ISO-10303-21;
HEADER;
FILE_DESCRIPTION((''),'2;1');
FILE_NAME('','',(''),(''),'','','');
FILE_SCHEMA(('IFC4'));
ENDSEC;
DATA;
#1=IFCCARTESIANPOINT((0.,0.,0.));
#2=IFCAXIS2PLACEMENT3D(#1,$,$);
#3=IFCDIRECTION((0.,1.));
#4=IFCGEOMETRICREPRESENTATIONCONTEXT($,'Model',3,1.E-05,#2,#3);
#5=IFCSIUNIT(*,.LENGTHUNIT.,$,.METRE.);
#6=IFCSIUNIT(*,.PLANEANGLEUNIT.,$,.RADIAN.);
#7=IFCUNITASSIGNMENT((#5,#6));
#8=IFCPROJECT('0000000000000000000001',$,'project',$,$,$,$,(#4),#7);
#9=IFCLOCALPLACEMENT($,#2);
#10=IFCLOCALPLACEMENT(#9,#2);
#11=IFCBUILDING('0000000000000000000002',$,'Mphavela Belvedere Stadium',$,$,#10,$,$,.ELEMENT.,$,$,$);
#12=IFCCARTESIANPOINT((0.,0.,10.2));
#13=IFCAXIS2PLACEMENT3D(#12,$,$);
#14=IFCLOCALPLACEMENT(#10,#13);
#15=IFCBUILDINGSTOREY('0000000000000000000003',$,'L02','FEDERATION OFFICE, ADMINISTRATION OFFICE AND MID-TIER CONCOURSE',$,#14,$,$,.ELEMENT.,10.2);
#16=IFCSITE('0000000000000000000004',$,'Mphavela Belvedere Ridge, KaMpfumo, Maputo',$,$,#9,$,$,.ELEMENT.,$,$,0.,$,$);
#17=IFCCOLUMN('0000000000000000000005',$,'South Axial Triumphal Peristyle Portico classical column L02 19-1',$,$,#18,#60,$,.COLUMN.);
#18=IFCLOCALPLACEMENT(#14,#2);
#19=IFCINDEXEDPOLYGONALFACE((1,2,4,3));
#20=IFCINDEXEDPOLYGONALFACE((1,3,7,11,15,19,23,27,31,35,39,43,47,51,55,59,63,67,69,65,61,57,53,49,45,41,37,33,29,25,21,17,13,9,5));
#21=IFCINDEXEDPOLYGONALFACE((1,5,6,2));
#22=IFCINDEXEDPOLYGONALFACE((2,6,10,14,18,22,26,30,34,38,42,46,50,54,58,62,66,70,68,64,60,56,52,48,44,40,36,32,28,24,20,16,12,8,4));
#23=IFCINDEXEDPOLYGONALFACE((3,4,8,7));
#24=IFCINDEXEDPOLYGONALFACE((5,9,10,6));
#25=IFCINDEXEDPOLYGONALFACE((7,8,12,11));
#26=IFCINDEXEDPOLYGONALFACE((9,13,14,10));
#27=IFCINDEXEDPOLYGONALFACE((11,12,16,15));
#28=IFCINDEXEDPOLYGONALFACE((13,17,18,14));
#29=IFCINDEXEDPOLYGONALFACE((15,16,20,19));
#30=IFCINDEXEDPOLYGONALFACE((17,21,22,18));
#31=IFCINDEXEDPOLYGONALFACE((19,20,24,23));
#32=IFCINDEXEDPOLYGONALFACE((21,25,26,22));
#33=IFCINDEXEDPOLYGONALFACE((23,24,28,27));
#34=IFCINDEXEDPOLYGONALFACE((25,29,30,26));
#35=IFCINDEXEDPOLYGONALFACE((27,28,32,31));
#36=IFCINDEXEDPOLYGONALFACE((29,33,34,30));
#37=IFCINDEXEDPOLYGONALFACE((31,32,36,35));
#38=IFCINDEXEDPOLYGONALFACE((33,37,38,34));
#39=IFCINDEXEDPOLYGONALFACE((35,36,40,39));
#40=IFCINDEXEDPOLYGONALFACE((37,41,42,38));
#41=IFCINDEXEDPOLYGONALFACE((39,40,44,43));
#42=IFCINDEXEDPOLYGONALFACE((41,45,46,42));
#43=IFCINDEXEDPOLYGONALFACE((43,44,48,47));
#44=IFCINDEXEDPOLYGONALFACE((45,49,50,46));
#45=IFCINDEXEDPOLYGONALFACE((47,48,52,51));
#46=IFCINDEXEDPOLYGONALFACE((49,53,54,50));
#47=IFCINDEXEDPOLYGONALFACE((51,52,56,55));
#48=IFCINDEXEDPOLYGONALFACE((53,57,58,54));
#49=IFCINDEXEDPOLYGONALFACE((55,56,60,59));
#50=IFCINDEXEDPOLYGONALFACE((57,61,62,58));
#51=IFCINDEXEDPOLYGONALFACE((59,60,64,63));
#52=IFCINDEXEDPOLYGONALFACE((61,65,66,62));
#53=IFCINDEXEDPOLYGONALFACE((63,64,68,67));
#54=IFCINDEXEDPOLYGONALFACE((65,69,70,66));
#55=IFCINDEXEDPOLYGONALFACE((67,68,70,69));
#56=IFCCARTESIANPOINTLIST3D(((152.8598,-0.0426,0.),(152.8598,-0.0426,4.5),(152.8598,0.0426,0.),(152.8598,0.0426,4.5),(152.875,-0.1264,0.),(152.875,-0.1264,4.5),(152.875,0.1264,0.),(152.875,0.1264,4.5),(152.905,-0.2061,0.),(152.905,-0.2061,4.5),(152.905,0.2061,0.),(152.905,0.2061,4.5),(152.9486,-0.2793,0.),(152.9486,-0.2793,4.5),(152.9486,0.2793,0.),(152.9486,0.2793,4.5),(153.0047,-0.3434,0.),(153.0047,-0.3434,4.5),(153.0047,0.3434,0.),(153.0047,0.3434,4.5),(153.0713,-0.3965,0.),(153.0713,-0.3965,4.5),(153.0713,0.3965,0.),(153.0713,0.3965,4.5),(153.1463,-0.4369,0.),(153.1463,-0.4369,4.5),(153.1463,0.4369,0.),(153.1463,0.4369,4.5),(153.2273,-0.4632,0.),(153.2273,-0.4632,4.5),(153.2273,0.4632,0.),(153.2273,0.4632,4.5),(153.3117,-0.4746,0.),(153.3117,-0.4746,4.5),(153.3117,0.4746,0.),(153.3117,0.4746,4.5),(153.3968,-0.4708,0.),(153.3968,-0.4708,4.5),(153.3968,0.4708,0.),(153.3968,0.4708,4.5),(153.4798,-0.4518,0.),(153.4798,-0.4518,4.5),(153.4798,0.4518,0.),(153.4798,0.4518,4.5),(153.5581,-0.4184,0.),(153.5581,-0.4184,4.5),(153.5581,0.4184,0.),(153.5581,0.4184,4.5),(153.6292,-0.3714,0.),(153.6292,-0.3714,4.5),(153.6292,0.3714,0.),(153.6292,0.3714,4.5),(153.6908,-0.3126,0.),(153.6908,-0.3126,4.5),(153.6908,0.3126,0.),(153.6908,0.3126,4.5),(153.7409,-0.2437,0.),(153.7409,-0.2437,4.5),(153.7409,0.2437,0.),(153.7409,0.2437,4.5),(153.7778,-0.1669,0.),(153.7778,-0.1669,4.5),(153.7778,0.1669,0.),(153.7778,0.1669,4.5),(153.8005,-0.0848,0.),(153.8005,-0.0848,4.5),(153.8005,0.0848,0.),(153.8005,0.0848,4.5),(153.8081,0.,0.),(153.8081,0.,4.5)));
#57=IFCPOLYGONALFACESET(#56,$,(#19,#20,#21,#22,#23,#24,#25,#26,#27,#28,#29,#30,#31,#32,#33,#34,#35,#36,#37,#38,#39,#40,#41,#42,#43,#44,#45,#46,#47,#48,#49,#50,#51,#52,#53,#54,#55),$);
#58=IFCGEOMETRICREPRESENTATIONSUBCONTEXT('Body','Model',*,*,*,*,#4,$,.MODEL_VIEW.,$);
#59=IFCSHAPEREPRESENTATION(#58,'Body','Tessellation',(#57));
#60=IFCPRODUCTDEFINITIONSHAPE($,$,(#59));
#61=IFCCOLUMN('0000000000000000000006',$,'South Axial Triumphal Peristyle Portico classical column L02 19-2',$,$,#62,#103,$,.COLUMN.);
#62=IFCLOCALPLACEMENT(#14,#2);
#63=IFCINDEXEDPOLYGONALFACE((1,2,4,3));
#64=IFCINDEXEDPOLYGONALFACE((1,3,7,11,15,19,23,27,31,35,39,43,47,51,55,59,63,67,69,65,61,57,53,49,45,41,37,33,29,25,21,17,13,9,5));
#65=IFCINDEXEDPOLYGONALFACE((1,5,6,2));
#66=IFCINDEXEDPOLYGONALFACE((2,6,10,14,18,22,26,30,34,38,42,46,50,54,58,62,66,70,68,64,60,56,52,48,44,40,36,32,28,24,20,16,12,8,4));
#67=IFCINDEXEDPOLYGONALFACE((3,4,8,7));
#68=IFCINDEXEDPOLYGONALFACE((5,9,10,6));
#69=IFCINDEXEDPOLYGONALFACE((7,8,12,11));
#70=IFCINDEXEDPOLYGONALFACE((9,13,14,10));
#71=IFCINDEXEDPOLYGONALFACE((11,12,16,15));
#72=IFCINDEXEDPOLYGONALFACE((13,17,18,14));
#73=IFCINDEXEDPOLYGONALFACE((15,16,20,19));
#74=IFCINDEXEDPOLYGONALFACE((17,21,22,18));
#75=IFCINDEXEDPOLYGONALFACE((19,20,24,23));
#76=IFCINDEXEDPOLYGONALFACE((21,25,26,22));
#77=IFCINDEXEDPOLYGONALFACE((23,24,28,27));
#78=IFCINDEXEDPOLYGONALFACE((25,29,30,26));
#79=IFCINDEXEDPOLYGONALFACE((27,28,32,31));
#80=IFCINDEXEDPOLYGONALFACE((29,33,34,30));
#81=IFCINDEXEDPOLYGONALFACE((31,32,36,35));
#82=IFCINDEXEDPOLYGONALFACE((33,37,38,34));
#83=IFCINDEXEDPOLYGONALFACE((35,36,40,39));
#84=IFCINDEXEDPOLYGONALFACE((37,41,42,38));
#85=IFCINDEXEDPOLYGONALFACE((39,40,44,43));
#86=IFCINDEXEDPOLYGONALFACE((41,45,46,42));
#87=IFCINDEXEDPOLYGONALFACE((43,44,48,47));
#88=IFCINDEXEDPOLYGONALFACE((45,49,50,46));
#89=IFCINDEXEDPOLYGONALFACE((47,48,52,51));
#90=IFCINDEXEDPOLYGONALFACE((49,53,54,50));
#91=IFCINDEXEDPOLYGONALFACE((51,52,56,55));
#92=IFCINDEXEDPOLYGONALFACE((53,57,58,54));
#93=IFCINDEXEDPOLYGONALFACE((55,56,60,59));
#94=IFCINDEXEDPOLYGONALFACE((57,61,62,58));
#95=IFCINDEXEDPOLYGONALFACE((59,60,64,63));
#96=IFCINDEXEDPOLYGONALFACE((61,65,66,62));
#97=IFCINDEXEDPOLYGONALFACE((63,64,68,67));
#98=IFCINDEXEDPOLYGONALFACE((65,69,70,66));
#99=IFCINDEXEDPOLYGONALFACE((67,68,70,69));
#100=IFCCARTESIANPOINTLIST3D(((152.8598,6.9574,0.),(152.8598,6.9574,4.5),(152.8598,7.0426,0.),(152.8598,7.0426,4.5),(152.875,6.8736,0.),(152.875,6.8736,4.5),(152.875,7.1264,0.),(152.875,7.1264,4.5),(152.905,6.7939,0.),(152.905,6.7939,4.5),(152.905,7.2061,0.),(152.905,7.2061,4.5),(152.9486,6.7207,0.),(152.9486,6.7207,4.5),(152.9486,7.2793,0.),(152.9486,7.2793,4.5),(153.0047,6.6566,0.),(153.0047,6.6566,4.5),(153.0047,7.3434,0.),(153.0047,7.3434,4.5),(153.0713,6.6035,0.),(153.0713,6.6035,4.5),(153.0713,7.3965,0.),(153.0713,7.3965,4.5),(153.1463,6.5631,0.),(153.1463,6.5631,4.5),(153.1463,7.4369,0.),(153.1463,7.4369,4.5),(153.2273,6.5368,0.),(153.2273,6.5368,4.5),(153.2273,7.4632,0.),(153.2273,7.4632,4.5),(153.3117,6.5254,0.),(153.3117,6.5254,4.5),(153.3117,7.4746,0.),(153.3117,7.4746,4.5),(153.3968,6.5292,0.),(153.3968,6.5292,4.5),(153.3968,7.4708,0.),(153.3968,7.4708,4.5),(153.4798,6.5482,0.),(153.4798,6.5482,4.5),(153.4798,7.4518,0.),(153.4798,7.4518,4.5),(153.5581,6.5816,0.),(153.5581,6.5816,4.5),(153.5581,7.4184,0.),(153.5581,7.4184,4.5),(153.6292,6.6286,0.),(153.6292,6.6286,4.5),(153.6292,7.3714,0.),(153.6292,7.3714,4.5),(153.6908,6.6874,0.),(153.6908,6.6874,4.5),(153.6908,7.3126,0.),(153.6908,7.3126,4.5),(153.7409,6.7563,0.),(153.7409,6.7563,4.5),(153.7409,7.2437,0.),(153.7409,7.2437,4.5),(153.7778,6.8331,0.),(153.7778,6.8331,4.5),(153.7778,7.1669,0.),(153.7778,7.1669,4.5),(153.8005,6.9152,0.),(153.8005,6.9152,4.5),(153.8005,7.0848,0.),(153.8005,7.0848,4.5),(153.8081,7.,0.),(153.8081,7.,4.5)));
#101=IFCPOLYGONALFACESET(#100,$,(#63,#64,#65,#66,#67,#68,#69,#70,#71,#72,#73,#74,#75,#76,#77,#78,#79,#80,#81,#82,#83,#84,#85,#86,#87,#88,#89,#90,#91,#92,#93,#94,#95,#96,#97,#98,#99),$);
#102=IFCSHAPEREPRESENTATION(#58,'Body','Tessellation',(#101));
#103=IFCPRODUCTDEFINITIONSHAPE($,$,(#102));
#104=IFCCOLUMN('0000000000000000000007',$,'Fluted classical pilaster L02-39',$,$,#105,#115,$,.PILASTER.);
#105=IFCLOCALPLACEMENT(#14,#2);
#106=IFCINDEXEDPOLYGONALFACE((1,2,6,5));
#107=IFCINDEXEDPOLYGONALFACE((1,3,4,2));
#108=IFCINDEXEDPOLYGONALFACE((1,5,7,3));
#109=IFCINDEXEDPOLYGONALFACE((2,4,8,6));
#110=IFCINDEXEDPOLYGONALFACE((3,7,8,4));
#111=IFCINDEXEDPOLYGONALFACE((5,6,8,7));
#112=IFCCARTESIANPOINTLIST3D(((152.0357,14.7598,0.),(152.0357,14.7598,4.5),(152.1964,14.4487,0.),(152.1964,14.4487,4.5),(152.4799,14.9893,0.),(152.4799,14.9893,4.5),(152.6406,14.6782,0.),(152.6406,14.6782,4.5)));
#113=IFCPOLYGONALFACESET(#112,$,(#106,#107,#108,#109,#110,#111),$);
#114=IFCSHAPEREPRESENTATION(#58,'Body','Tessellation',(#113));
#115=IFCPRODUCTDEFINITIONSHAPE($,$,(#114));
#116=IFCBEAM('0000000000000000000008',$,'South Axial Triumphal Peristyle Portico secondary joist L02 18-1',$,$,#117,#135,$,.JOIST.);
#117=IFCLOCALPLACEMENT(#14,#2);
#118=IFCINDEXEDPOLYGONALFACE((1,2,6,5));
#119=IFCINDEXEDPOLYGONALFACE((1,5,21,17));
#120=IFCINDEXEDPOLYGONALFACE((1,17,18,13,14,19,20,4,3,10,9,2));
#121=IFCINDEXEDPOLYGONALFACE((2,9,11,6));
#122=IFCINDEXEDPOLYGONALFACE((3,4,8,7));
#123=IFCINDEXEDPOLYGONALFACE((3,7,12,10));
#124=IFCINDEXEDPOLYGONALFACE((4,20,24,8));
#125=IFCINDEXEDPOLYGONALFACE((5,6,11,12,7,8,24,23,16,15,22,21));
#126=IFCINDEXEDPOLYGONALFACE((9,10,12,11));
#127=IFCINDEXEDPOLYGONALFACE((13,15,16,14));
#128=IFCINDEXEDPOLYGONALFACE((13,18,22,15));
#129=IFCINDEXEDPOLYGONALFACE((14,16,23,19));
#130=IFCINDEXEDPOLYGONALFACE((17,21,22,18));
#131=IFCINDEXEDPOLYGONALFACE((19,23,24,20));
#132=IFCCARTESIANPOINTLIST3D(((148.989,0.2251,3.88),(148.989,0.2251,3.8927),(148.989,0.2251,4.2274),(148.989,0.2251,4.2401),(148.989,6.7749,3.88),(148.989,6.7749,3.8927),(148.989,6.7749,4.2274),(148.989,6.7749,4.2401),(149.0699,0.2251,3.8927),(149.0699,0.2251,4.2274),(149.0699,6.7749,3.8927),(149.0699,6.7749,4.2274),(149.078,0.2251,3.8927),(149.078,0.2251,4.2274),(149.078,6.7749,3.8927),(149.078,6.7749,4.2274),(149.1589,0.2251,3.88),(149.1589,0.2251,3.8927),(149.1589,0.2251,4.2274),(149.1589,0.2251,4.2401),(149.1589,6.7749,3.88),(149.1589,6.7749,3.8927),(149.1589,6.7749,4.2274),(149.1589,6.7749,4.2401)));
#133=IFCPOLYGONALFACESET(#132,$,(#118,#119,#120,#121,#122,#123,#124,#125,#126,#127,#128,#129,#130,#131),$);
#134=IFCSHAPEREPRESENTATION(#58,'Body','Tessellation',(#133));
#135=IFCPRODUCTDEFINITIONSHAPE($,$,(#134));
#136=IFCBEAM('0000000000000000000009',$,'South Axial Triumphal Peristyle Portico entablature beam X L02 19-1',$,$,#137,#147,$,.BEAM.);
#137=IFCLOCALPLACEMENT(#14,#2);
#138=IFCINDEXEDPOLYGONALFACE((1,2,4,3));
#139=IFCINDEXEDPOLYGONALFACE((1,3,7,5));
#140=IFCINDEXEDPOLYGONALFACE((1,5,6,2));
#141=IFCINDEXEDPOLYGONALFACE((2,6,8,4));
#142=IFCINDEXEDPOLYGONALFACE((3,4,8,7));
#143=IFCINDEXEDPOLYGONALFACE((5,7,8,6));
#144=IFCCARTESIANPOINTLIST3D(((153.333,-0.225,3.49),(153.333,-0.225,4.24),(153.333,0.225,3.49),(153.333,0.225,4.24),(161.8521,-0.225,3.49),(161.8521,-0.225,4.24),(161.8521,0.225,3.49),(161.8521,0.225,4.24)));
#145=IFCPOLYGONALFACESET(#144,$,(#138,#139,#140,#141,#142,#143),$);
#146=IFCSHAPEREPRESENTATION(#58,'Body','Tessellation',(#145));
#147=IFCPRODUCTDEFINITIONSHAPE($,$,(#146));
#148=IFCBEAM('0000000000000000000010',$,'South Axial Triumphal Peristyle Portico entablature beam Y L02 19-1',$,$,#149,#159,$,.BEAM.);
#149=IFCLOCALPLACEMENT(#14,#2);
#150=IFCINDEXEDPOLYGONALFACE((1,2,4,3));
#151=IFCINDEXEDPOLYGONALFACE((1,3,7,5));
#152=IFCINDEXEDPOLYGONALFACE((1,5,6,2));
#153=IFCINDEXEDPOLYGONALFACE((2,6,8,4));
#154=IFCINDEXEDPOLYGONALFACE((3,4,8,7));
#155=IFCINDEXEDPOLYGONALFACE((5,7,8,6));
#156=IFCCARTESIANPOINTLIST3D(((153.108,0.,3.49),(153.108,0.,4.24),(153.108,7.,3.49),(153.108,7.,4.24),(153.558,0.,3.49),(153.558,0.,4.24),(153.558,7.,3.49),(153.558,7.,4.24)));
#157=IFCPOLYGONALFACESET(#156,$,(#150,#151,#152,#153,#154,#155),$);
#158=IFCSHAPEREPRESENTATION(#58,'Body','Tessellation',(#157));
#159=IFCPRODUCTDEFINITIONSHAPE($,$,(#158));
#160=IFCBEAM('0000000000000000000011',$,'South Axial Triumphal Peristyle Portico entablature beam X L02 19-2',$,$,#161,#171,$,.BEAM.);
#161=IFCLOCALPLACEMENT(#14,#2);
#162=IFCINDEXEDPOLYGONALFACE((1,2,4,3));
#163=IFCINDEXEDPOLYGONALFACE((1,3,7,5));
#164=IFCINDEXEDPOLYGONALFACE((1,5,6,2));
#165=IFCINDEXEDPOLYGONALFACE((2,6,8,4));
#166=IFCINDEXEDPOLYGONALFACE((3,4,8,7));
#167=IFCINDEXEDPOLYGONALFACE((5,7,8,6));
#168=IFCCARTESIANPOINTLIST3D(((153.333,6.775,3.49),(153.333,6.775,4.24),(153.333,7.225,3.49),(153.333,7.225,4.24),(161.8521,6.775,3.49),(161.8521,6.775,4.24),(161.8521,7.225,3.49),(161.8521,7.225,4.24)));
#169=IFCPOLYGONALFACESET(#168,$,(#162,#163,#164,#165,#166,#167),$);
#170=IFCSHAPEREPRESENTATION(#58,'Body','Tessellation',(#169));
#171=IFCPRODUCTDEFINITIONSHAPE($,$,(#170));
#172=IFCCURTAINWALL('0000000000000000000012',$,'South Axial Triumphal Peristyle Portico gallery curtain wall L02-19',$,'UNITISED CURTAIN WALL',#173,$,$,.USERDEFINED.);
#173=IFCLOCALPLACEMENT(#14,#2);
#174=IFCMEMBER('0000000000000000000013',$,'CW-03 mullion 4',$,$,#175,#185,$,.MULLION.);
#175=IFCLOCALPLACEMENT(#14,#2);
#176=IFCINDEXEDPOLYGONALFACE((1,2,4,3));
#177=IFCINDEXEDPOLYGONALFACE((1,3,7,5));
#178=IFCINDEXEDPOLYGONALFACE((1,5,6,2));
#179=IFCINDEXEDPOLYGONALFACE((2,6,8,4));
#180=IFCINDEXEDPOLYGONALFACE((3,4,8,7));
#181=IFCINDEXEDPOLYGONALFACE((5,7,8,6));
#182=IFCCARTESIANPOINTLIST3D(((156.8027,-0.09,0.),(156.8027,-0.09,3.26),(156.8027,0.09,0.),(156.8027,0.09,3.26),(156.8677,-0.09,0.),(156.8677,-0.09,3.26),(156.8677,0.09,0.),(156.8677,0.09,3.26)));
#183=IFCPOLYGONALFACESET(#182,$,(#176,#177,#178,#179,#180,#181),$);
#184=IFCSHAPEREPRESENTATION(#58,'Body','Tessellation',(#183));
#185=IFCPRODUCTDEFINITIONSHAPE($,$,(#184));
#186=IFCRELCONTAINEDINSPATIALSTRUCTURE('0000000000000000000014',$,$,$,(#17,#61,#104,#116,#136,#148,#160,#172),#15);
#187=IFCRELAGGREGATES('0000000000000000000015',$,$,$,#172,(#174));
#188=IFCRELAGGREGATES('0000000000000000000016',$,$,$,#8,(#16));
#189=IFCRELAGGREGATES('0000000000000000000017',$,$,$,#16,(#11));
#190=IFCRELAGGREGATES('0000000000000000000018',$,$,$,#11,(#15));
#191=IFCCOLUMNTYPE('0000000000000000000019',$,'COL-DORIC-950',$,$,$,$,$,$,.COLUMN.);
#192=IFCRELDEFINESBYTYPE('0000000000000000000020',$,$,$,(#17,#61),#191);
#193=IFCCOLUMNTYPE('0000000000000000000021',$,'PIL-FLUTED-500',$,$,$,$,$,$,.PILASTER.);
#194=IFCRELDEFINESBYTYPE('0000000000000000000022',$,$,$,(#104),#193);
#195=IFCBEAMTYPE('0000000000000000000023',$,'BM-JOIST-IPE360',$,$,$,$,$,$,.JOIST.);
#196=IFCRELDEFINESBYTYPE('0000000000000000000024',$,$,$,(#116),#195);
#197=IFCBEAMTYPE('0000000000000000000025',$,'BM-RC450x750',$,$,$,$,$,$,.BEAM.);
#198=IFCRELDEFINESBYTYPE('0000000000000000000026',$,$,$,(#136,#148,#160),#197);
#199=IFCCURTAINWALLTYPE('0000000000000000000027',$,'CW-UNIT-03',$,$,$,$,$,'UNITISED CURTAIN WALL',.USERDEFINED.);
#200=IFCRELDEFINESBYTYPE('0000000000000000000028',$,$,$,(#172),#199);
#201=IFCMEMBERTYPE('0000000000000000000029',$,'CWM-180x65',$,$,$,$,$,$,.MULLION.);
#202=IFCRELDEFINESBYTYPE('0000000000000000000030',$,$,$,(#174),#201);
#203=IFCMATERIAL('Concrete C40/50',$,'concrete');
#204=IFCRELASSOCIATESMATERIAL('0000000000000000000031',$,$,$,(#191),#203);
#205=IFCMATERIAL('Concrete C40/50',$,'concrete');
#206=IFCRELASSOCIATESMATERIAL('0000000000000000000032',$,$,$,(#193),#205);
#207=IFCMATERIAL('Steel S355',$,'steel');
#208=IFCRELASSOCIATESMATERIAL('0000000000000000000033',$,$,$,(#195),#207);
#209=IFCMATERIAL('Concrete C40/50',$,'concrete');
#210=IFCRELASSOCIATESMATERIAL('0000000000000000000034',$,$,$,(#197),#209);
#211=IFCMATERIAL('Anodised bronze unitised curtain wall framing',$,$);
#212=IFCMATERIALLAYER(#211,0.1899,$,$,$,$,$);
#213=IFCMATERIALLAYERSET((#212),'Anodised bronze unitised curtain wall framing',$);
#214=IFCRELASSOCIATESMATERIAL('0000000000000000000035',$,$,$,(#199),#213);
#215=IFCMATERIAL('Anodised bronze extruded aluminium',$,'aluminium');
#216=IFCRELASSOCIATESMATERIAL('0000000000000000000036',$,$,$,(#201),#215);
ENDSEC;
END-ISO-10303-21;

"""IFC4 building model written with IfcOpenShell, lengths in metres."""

from ifc_helpers import new_model, si_unit, direction, frame, origin, origin_2d, place, context, subcontext, project, spatial, rectangle, circle, i_section, extrude, material, layer, layer_set, material_profile, profile_set, type_object, element, aggregate, save


model = new_model("IFC4")

# Units and contexts
model_context = context("Model", 3, precision=1e-05, world=origin(), true_north=direction((0.0, 1.0)))
body_context = subcontext(model_context, "Body", "Model", "MODEL_VIEW")
ifc_project = project(units=[si_unit("LENGTHUNIT", "METRE"), si_unit("PLANEANGLEUNIT", "RADIAN")], contexts=[model_context])

# Site, building, storey
site_placement = place(None, origin())
site = spatial("IfcSite", under=ifc_project, at=site_placement, Name="Mphavela Belvedere Ridge, KaMpfumo, Maputo", CompositionType="ELEMENT", RefElevation=0.0)
building_placement = place(site_placement, origin())
building = spatial("IfcBuilding", under=site, at=building_placement, Name="Mphavela Belvedere Stadium", CompositionType="ELEMENT")
storey_placement = place(building_placement, frame((0.0, 0.0, 10.2)))
storey = spatial("IfcBuildingStorey", under=building, at=storey_placement, Name="L02", Description="FEDERATION OFFICE, ADMINISTRATION OFFICE AND MID-TIER CONCOURSE", CompositionType="ELEMENT", Elevation=10.2)

# Columns
ifc_material_1 = material(Name="Concrete C40/50", Category="concrete")
ifc_material_profile_1 = material_profile(ifc_material_1, circle(Radius=0.4751, at=origin_2d()), Name="COL D950")
ifc_profile_set_1 = profile_set([ifc_material_profile_1], Name="Concrete C40/50")
column_type_1 = type_object("IfcColumnType", Name="COL-DORIC-950", PredefinedType="COLUMN", material=ifc_profile_set_1)
for number, where, z_axis, x_axis, name in (
    (1, (153.333, 0.0, 0.0), (0.0, 0.0, 1.0), (1.0, 0.0, 0.0), "South Axial Triumphal Peristyle Portico classical column L02 19-1"),
    (2, (153.333, 7.0, 0.0), (0.0, 0.0, 1.0), (1.0, 0.0, 0.0), "South Axial Triumphal Peristyle Portico classical column L02 19-2"),
):
    element("IfcColumn", number, at=place(storey_placement, frame(where, z_axis=z_axis, x_axis=x_axis)), inside=storey, type_object=column_type_1, Name=name, PredefinedType="COLUMN", context=body_context, shape_type="SweptSolid", body=[
        extrude(circle(Radius=0.4751, at=origin_2d()), origin(), (0.0, 0.0, 1.0), 4.5),
    ])
ifc_material_2 = material(Name="Concrete C40/50", Category="concrete")
ifc_material_profile_2 = material_profile(ifc_material_2, rectangle(XDim=0.5, YDim=0.3501, at=origin_2d()), Name="PIL 500x350")
ifc_profile_set_2 = profile_set([ifc_material_profile_2], Name="Concrete C40/50")
column_type_2 = type_object("IfcColumnType", Name="PIL-FLUTED-500", PredefinedType="PILASTER", material=ifc_profile_set_2)
column_placement = place(storey_placement, frame((152.3381, 14.719, 0.0), z_axis=(0.0, 0.0, 1.0), x_axis=(0.888457, 0.45896, 0.0)))
element("IfcColumn", 3, at=column_placement, inside=storey, type_object=column_type_2, Name="Fluted classical pilaster L02-39", PredefinedType="PILASTER", context=body_context, shape_type="SweptSolid", body=[
    extrude(rectangle(XDim=0.5, YDim=0.3501, at=origin_2d()), origin(), (0.0, 0.0, 1.0), 4.5),
])

# Beams
ifc_material_3 = material(Name="Steel S355", Category="steel")
ifc_material_profile_3 = material_profile(ifc_material_3, i_section(OverallWidth=0.1699, OverallDepth=0.3601, WebThickness=0.0081, FlangeThickness=0.0127, at=origin_2d()), Name="IPE 360")
ifc_profile_set_3 = profile_set([ifc_material_profile_3], Name="Steel S355")
beam_type_1 = type_object("IfcBeamType", Name="BM-JOIST-IPE360", PredefinedType="JOIST", material=ifc_profile_set_3)
beam_1_placement = place(storey_placement, frame((149.074, 0.2251, 4.0601), z_axis=(0.0, 1.0, 0.0), x_axis=(-1.0, 0.0, 0.0)))
element("IfcBeam", 4, at=beam_1_placement, inside=storey, type_object=beam_type_1, Name="South Axial Triumphal Peristyle Portico secondary joist L02 18-1", PredefinedType="JOIST", context=body_context, shape_type="SweptSolid", body=[
    extrude(i_section(OverallWidth=0.1699, OverallDepth=0.3601, WebThickness=0.0081, FlangeThickness=0.0127, at=origin_2d()), origin(), (0.0, 0.0, 1.0), 6.5498),
])
ifc_material_4 = material(Name="Concrete C40/50", Category="concrete")
ifc_material_profile_4 = material_profile(ifc_material_4, rectangle(XDim=0.45, YDim=0.75, at=origin_2d()), Name="RC 450x750")
ifc_profile_set_4 = profile_set([ifc_material_profile_4], Name="Concrete C40/50")
beam_type_2 = type_object("IfcBeamType", Name="BM-RC450x750", PredefinedType="BEAM", material=ifc_profile_set_4)
beam_2_placement = place(storey_placement, frame((153.333, 0.0, 3.865), z_axis=(1.0, 0.0, 0.0), x_axis=(0.0, 1.0, 0.0)))
element("IfcBeam", 5, at=beam_2_placement, inside=storey, type_object=beam_type_2, Name="South Axial Triumphal Peristyle Portico entablature beam X L02 19-1", PredefinedType="BEAM", context=body_context, shape_type="SweptSolid", body=[
    extrude(rectangle(XDim=0.45, YDim=0.75, at=origin_2d()), origin(), (0.0, 0.0, 1.0), 8.519),
])
beam_3_placement = place(storey_placement, frame((153.333, 0.0, 3.865), z_axis=(0.0, 1.0, 0.0), x_axis=(-1.0, 0.0, 0.0)))
element("IfcBeam", 6, at=beam_3_placement, inside=storey, type_object=beam_type_2, Name="South Axial Triumphal Peristyle Portico entablature beam Y L02 19-1", PredefinedType="BEAM", context=body_context, shape_type="SweptSolid", body=[
    extrude(rectangle(XDim=0.45, YDim=0.75, at=origin_2d()), origin(), (0.0, 0.0, 1.0), 7.0),
])
beam_4_placement = place(storey_placement, frame((153.333, 7.0, 3.865), z_axis=(1.0, 0.0, 0.0), x_axis=(0.0, 1.0, 0.0)))
element("IfcBeam", 7, at=beam_4_placement, inside=storey, type_object=beam_type_2, Name="South Axial Triumphal Peristyle Portico entablature beam X L02 19-2", PredefinedType="BEAM", context=body_context, shape_type="SweptSolid", body=[
    extrude(rectangle(XDim=0.45, YDim=0.75, at=origin_2d()), origin(), (0.0, 0.0, 1.0), 8.519),
])

# Curtain wall, member
ifc_material_5 = material(Name="Anodised bronze unitised curtain wall framing")
ifc_layer_1 = layer(ifc_material_5, 0.1899)
ifc_layer_set_1 = layer_set([ifc_layer_1], Name="Anodised bronze unitised curtain wall framing")
curtain_wall_type_1 = type_object("IfcCurtainWallType", Name="CW-UNIT-03", ElementType="UNITISED CURTAIN WALL", PredefinedType="USERDEFINED", material=ifc_layer_set_1)
curtain_wall_1_placement = place(storey_placement, origin())
curtain_wall_1 = element("IfcCurtainWall", 8, at=curtain_wall_1_placement, inside=storey, type_object=curtain_wall_type_1, Name="South Axial Triumphal Peristyle Portico gallery curtain wall L02-19", ObjectType="UNITISED CURTAIN WALL", PredefinedType="USERDEFINED")
ifc_material_6 = material(Name="Anodised bronze extruded aluminium", Category="aluminium")
ifc_material_profile_5 = material_profile(ifc_material_6, rectangle(XDim=0.1799, YDim=0.0649, at=origin_2d()), Name="CW-MUL 180x65")
ifc_profile_set_5 = profile_set([ifc_material_profile_5], Name="Anodised bronze extruded aluminium")
member_type_1 = type_object("IfcMemberType", Name="CWM-180x65", PredefinedType="MULLION", material=ifc_profile_set_5)
member_1_placement = place(storey_placement, frame((156.8352, 0.0, 0.0), z_axis=(0.0, 0.0, 1.0), x_axis=(0.0, -1.0, 0.0)))
member_1 = element("IfcMember", 9, at=member_1_placement, type_object=member_type_1, Name="CW-03 mullion 4", PredefinedType="MULLION", context=body_context, shape_type="SweptSolid", body=[
    extrude(rectangle(XDim=0.1799, YDim=0.0649, at=origin_2d()), origin(), (0.0, 0.0, 1.0), 3.26),
])

aggregate(curtain_wall_1, [member_1])

save(model, "model.ifc")
